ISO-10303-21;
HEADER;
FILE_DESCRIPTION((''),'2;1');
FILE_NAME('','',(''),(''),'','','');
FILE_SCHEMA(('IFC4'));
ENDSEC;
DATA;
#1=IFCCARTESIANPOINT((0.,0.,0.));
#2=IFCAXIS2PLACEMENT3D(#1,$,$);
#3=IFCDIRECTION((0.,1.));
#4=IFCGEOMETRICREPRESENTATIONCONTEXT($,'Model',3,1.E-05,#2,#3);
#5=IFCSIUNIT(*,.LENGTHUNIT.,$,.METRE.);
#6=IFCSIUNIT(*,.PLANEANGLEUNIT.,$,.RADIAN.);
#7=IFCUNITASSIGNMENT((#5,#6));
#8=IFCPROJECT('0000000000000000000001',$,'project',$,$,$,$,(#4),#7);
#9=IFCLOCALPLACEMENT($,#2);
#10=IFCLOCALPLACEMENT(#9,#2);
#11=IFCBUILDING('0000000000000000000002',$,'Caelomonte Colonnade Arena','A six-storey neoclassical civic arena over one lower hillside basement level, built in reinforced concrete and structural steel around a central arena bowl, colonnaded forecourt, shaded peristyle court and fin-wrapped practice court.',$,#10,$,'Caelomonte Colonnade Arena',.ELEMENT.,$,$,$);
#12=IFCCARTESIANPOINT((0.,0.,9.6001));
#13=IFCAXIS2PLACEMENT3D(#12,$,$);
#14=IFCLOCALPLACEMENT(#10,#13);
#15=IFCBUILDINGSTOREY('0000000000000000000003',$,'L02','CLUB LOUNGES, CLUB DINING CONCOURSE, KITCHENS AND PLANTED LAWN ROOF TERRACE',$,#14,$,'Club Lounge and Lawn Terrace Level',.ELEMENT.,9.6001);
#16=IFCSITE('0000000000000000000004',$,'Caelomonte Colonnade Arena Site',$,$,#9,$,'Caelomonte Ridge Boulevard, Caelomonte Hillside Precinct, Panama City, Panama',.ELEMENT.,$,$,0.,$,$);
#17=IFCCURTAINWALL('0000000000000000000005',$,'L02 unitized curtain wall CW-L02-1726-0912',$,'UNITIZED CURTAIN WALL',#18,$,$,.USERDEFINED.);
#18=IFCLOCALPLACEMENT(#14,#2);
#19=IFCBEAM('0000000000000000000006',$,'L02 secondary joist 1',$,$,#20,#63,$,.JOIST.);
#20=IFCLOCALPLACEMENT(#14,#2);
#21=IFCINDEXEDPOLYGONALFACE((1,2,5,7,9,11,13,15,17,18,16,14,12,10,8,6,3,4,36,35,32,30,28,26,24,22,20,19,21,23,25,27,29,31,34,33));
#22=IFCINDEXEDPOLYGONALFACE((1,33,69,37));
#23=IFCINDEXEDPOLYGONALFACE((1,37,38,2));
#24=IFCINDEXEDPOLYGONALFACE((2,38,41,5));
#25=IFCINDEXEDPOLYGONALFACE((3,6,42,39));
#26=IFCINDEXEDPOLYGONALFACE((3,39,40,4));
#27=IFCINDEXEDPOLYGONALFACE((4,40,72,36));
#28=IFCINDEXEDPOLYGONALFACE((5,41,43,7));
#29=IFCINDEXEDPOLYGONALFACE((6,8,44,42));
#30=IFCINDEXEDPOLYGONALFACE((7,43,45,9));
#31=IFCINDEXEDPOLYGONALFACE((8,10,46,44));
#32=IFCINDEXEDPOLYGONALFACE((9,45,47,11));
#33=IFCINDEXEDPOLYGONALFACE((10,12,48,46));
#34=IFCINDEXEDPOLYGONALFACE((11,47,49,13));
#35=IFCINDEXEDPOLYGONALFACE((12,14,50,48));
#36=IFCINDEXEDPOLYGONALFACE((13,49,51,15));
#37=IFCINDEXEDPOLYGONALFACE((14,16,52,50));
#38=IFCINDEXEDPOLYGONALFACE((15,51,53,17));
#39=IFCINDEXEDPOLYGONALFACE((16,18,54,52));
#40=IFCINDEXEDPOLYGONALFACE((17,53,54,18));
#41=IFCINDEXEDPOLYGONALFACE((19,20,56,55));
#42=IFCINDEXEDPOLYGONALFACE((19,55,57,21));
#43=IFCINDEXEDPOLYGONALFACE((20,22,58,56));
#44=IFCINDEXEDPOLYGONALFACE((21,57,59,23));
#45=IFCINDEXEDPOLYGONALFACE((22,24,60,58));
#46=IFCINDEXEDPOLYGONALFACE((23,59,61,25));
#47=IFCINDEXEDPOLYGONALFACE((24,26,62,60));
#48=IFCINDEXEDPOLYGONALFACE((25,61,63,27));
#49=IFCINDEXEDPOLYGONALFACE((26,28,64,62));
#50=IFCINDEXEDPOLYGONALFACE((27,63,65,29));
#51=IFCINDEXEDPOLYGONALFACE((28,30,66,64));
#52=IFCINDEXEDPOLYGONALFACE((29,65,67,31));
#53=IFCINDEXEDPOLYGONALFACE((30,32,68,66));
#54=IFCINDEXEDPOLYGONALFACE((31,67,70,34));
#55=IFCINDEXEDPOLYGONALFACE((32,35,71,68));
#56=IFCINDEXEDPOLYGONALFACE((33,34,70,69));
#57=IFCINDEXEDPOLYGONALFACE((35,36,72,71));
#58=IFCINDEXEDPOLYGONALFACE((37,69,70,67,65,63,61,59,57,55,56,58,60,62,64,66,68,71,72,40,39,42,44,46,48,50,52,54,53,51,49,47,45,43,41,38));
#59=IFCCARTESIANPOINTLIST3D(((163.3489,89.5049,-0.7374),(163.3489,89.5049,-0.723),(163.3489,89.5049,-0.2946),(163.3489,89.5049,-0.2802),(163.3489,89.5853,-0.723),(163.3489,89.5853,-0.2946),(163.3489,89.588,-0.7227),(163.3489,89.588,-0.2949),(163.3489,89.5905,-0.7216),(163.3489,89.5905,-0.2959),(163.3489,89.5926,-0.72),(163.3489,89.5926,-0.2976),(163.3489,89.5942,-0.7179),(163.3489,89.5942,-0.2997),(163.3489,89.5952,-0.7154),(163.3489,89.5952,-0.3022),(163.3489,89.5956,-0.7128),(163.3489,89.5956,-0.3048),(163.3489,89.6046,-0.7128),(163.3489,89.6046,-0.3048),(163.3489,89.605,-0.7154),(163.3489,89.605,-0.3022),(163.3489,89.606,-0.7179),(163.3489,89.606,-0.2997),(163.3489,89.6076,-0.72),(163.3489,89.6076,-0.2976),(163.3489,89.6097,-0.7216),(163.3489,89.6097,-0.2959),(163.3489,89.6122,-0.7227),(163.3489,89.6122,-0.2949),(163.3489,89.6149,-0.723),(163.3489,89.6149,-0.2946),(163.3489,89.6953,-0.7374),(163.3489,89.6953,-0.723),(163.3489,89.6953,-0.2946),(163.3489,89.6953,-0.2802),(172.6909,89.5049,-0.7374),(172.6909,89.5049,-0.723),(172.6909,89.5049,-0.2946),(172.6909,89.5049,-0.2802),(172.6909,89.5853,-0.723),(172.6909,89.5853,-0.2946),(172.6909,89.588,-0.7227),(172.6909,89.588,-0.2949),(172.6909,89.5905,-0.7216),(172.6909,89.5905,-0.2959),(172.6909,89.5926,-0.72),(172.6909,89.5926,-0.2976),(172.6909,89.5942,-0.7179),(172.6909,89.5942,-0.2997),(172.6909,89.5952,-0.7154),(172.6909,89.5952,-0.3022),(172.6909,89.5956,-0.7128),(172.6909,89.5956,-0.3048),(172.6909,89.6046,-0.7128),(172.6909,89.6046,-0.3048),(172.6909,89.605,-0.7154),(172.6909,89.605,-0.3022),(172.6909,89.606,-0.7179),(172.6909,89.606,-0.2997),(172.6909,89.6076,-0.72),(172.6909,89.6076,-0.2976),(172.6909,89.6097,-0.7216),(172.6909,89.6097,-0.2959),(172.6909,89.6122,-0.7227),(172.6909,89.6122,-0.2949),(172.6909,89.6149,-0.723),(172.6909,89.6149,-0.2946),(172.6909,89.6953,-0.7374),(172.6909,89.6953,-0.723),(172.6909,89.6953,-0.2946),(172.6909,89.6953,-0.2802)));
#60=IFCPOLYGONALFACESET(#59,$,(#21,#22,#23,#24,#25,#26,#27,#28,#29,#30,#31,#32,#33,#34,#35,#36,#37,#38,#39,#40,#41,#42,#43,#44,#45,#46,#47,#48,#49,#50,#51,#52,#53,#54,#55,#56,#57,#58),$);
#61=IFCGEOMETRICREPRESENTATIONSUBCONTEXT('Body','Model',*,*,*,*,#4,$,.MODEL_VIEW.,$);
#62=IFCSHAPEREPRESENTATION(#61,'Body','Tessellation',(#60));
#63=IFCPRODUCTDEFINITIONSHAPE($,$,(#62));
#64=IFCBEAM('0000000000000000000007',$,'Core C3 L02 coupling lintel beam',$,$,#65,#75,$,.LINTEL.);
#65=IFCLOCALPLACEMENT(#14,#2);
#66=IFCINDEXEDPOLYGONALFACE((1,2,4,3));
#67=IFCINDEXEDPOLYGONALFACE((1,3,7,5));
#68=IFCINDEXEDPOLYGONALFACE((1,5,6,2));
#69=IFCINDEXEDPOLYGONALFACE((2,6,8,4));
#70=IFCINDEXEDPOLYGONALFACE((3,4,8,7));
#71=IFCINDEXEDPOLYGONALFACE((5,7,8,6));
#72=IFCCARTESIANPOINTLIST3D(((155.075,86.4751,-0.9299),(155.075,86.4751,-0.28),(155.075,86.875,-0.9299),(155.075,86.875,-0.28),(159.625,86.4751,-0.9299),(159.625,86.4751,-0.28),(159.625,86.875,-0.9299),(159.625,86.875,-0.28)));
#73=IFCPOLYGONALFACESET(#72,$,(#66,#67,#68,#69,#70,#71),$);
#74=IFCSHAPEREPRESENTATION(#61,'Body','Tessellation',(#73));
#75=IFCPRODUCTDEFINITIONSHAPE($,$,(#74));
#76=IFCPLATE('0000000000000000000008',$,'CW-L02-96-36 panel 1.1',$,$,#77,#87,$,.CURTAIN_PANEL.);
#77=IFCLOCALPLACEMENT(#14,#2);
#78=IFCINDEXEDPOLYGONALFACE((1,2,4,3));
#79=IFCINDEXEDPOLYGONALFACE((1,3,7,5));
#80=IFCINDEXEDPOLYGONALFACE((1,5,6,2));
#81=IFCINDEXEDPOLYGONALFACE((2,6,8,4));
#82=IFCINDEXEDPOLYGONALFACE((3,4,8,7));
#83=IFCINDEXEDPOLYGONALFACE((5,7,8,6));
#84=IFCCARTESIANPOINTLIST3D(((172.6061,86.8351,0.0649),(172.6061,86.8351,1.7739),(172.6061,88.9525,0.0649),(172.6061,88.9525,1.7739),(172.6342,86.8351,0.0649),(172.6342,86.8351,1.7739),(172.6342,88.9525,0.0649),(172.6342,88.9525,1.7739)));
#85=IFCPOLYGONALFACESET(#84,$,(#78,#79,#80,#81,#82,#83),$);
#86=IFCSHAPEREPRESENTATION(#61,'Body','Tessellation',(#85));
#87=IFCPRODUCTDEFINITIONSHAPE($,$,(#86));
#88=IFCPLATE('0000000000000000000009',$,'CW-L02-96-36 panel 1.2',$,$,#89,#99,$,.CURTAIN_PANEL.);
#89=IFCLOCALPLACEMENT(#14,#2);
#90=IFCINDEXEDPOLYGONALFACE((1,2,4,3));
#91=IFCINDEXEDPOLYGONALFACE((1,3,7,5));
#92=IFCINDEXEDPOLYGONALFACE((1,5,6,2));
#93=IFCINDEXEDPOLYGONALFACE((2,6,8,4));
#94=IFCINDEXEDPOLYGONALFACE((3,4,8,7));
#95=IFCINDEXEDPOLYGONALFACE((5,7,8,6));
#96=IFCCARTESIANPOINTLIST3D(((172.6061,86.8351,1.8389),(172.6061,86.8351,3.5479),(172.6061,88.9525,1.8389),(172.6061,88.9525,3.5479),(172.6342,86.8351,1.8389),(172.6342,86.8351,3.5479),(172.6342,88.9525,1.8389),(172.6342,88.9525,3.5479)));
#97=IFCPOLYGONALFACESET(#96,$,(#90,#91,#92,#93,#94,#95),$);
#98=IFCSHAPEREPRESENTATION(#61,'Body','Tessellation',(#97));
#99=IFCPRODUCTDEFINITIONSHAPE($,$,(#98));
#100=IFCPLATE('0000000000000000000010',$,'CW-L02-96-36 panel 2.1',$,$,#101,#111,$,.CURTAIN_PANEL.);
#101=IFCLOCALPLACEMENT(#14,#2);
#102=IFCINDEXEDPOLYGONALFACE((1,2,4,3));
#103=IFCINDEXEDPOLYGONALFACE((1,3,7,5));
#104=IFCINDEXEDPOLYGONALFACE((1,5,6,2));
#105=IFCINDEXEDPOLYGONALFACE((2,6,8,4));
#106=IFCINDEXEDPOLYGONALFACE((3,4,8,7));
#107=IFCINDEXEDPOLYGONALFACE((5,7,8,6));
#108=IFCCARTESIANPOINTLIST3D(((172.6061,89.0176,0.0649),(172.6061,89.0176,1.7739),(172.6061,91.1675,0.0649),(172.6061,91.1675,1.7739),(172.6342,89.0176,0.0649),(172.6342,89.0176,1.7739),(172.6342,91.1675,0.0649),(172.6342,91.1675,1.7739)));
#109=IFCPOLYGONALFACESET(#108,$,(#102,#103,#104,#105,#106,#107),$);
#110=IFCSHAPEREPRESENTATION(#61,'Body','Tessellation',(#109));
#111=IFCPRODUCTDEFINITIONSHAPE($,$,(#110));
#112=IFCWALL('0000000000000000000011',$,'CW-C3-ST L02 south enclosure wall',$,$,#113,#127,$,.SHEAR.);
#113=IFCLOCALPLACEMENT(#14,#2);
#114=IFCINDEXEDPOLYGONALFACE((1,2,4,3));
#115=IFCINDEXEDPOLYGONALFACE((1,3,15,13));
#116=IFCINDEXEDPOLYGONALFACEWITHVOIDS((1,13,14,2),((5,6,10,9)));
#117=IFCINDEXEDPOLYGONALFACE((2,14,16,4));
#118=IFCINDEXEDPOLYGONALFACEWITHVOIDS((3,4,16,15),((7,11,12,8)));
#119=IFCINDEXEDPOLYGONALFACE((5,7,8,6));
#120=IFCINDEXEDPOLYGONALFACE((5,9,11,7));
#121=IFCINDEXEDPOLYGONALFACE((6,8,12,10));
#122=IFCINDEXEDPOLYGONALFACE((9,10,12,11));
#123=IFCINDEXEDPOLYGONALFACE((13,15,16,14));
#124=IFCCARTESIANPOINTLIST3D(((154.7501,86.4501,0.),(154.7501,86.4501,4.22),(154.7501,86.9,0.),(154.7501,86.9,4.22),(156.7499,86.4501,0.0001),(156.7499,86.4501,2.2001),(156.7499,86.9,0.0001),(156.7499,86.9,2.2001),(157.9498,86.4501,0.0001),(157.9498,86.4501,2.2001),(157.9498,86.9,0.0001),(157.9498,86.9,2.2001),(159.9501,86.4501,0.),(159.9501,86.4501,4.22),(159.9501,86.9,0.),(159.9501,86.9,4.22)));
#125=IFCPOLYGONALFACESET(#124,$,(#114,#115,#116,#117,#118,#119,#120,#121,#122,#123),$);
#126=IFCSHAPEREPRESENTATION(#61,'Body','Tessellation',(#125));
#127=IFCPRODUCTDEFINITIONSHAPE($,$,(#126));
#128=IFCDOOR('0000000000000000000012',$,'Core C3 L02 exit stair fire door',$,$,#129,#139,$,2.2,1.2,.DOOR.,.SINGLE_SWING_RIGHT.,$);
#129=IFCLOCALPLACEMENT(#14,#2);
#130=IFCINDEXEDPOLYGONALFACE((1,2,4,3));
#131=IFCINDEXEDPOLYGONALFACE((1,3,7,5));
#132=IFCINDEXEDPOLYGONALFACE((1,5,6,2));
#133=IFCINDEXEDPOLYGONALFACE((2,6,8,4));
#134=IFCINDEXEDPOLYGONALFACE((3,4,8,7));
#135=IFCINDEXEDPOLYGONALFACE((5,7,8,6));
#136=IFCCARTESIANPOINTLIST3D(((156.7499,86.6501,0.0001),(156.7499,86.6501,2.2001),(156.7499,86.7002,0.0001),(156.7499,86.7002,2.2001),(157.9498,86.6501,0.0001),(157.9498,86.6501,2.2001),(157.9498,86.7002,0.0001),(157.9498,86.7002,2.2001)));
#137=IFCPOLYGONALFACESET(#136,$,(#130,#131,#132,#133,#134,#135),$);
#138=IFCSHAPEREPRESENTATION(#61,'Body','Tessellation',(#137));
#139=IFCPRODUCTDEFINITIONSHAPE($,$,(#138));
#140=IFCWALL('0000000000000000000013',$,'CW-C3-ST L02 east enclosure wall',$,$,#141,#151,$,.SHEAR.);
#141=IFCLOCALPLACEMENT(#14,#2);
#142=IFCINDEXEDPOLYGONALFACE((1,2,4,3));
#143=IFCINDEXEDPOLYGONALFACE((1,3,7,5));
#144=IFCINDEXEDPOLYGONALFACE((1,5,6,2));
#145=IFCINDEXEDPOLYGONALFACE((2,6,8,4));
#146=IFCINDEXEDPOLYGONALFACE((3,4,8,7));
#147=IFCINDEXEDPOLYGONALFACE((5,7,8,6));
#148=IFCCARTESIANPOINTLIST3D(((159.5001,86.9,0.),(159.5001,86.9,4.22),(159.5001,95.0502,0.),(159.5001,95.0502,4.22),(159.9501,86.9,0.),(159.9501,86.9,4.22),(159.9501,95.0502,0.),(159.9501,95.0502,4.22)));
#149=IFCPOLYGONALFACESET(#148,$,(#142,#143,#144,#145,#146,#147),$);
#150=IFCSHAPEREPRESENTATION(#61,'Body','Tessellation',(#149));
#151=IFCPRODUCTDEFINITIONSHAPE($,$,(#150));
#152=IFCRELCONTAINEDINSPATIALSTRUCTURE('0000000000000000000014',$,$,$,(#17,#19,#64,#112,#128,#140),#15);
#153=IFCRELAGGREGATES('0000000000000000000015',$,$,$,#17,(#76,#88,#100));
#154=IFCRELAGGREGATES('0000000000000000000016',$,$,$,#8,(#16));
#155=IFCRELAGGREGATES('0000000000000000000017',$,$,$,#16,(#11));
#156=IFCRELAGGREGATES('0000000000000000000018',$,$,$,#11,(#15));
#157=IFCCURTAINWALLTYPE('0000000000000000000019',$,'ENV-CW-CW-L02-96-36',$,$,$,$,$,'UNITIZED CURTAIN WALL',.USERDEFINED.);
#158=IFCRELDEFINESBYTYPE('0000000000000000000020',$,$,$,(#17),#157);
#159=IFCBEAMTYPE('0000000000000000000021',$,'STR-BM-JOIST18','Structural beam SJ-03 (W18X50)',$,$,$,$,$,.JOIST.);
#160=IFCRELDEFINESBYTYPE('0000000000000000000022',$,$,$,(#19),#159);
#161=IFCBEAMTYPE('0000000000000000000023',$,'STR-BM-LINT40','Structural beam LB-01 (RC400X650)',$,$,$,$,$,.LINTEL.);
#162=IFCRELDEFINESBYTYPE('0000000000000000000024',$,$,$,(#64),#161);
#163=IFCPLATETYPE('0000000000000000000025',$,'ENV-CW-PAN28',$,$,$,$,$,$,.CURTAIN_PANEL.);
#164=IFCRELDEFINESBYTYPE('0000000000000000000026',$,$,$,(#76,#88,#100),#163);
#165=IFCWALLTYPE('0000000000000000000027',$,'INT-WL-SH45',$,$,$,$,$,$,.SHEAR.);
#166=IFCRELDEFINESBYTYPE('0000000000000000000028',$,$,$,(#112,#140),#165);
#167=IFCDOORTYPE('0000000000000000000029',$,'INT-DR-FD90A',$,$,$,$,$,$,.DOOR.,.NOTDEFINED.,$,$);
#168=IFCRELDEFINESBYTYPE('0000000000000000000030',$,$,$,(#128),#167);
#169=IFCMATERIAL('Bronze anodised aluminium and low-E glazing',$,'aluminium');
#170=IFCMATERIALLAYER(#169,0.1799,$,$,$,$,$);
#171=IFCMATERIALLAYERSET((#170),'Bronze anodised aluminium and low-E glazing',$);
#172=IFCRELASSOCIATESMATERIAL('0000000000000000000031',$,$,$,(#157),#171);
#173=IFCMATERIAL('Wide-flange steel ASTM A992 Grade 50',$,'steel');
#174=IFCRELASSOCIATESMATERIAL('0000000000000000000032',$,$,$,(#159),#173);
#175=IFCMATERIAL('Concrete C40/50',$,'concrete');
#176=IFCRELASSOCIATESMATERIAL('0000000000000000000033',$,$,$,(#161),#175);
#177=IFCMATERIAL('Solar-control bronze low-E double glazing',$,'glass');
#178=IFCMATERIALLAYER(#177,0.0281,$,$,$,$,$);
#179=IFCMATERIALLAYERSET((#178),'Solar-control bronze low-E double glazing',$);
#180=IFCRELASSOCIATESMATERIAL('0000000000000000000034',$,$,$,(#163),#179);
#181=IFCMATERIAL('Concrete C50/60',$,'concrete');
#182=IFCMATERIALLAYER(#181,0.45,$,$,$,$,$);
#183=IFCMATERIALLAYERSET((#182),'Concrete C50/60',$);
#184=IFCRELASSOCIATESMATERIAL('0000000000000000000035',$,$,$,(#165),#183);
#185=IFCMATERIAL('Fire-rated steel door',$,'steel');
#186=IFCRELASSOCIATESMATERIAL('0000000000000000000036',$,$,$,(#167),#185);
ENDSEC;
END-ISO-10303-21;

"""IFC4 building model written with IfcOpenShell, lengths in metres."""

from ifc_helpers import new_model, si_unit, direction, frame, frame_2d, origin, origin_2d, place, context, subcontext, project, spatial, rectangle, i_section, extrude, material, layer, layer_set, material_profile, profile_set, type_object, element, fill, aggregate, save


model = new_model("IFC4")

# Units and contexts
model_context = context("Model", 3, precision=1e-05, world=origin(), true_north=direction((0.0, 1.0)))
body_context = subcontext(model_context, "Body", "Model", "MODEL_VIEW")
ifc_project = project(units=[si_unit("LENGTHUNIT", "METRE"), si_unit("PLANEANGLEUNIT", "RADIAN")], contexts=[model_context])

# Site, building, storey
site_placement = place(None, origin())
site = spatial("IfcSite", under=ifc_project, at=site_placement, Name="Caelomonte Colonnade Arena Site", LongName="Caelomonte Ridge Boulevard, Caelomonte Hillside Precinct, Panama City, Panama", CompositionType="ELEMENT", RefElevation=0.0)
building_placement = place(site_placement, origin())
building = spatial("IfcBuilding", under=site, at=building_placement, Name="Caelomonte Colonnade Arena", Description="A six-storey neoclassical civic arena over one lower hillside basement level, built in reinforced concrete and structural steel around a central arena bowl, colonnaded forecourt, shaded peristyle court and fin-wrapped practice court.", LongName="Caelomonte Colonnade Arena", CompositionType="ELEMENT")
storey_placement = place(building_placement, frame((0.0, 0.0, 9.6001)))
storey = spatial("IfcBuildingStorey", under=building, at=storey_placement, Name="L02", Description="CLUB LOUNGES, CLUB DINING CONCOURSE, KITCHENS AND PLANTED LAWN ROOF TERRACE", LongName="Club Lounge and Lawn Terrace Level", CompositionType="ELEMENT", Elevation=9.6001)

# Shared definitions
ifc_material_1 = material(Name="Wide-flange steel ASTM A992 Grade 50", Category="steel")

# Curtain wall
ifc_material_2 = material(Name="Bronze anodised aluminium and low-E glazing", Category="aluminium")
ifc_layer_1 = layer(ifc_material_2, 0.1799)
ifc_layer_set_1 = layer_set([ifc_layer_1], Name="Bronze anodised aluminium and low-E glazing")
curtain_wall_type = type_object("IfcCurtainWallType", Name="ENV-CW-CW-L02-96-36", ElementType="UNITIZED CURTAIN WALL", PredefinedType="USERDEFINED", material=ifc_layer_set_1)
curtain_wall_placement = place(storey_placement, origin())
curtain_wall = element("IfcCurtainWall", 1, at=curtain_wall_placement, inside=storey, type_object=curtain_wall_type, Name="L02 unitized curtain wall CW-L02-1726-0912", ObjectType="UNITIZED CURTAIN WALL", PredefinedType="USERDEFINED")

# Beams
ifc_material_profile_1 = material_profile(ifc_material_1, i_section(OverallWidth=0.1904, OverallDepth=0.4573, WebThickness=0.009, FlangeThickness=0.0144, FilletRadius=0.0103, at=origin_2d()), Name="W18X50")
ifc_profile_set_1 = profile_set([ifc_material_profile_1], Name="Wide-flange steel ASTM A992 Grade 50")
beam_type_1 = type_object("IfcBeamType", Name="STR-BM-JOIST18", Description="Structural beam SJ-03 (W18X50)", PredefinedType="JOIST", material=ifc_profile_set_1)
beam_1_placement = place(storey_placement, frame((163.3489, 89.6001, -0.5088), z_axis=(1.0, 0.0, 0.0), x_axis=(0.0, 1.0, 0.0)))
element("IfcBeam", 2, at=beam_1_placement, inside=storey, type_object=beam_type_1, Name="L02 secondary joist 1", PredefinedType="JOIST", context=body_context, shape_type="SweptSolid", body=[
    extrude(i_section(OverallWidth=0.1904, OverallDepth=0.4573, WebThickness=0.009, FlangeThickness=0.0144, FilletRadius=0.0103, at=origin_2d()), origin(), (0.0, 0.0, 1.0), 9.342),
])
ifc_material_3 = material(Name="Concrete C40/50", Category="concrete")
ifc_material_profile_2 = material_profile(ifc_material_3, rectangle(XDim=0.3999, YDim=0.6499, at=origin_2d()), Name="RC400X650")
ifc_profile_set_2 = profile_set([ifc_material_profile_2], Name="Concrete C40/50")
beam_type_2 = type_object("IfcBeamType", Name="STR-BM-LINT40", Description="Structural beam LB-01 (RC400X650)", PredefinedType="LINTEL", material=ifc_profile_set_2)
beam_2_placement = place(storey_placement, frame((155.075, 86.675, -0.605), z_axis=(1.0, 0.0, 0.0), x_axis=(0.0, 1.0, 0.0)))
element("IfcBeam", 3, at=beam_2_placement, inside=storey, type_object=beam_type_2, Name="Core C3 L02 coupling lintel beam", PredefinedType="LINTEL", context=body_context, shape_type="SweptSolid", body=[
    extrude(rectangle(XDim=0.3999, YDim=0.6499, at=origin_2d()), origin(), (0.0, 0.0, 1.0), 4.55),
])

# Plates
ifc_material_4 = material(Name="Solar-control bronze low-E double glazing", Category="glass")
ifc_layer_2 = layer(ifc_material_4, 0.0281)
ifc_layer_set_2 = layer_set([ifc_layer_2], Name="Solar-control bronze low-E double glazing")
plate_type = type_object("IfcPlateType", Name="ENV-CW-PAN28", PredefinedType="CURTAIN_PANEL", material=ifc_layer_set_2)
plate_1_placement = place(storey_placement, frame((172.6201, 87.8938, 0.0649), z_axis=(0.0, 0.0, 1.0), x_axis=(0.0, 1.0, 0.0)))
plate_1 = element("IfcPlate", 4, at=plate_1_placement, type_object=plate_type, Name="CW-L02-96-36 panel 1.1", PredefinedType="CURTAIN_PANEL", context=body_context, shape_type="SweptSolid", body=[
    extrude(rectangle(XDim=2.1174, YDim=0.0281, at=origin_2d()), origin(), (0.0, 0.0, 1.0), 1.709),
])
plate_2_placement = place(storey_placement, frame((172.6201, 87.8938, 1.8389), z_axis=(0.0, 0.0, 1.0), x_axis=(0.0, 1.0, 0.0)))
plate_2 = element("IfcPlate", 5, at=plate_2_placement, type_object=plate_type, Name="CW-L02-96-36 panel 1.2", PredefinedType="CURTAIN_PANEL", context=body_context, shape_type="SweptSolid", body=[
    extrude(rectangle(XDim=2.1174, YDim=0.0281, at=origin_2d()), origin(), (0.0, 0.0, 1.0), 1.709),
])
plate_3_placement = place(storey_placement, frame((172.6201, 90.0925, 0.0649), z_axis=(0.0, 0.0, 1.0), x_axis=(0.0, 1.0, 0.0)))
plate_3 = element("IfcPlate", 6, at=plate_3_placement, type_object=plate_type, Name="CW-L02-96-36 panel 2.1", PredefinedType="CURTAIN_PANEL", context=body_context, shape_type="SweptSolid", body=[
    extrude(rectangle(XDim=2.1499, YDim=0.0281, at=origin_2d()), origin(), (0.0, 0.0, 1.0), 1.709),
])
aggregate(curtain_wall, [plate_1, plate_2, plate_3])

# Wall, opening, door
ifc_material_5 = material(Name="Concrete C50/60", Category="concrete")
ifc_layer_3 = layer(ifc_material_5, 0.45)
ifc_layer_set_3 = layer_set([ifc_layer_3], Name="Concrete C50/60")
wall_type = type_object("IfcWallType", Name="INT-WL-SH45", PredefinedType="SHEAR", material=ifc_layer_set_3)
wall_1_placement = place(storey_placement, frame((154.75, 86.675, 0.0), z_axis=(0.0, 0.0, 1.0), x_axis=(1.0, 0.0, 0.0)))
wall_1 = element("IfcWall", 7, at=wall_1_placement, inside=storey, type_object=wall_type, Name="CW-C3-ST L02 south enclosure wall", PredefinedType="SHEAR", context=body_context, shape_type="SweptSolid", body=[
    extrude(rectangle(XDim=5.2, YDim=0.45, at=frame_2d((2.6001, 0.0))), origin(), (0.0, 0.0, 1.0), 4.22),
])
opening_placement = place(wall_1_placement, frame((3.2, 0.0, 0.0), z_axis=(0.0, 0.0, 1.0), x_axis=(-1.0, 0.0, 0.0)))
opening = element("IfcOpeningElement", 8, at=opening_placement, cuts=wall_1, PredefinedType="OPENING", context=body_context, shape_type="SweptSolid", body=[
    extrude(rectangle(XDim=1.2, YDim=2.2, at=frame_2d((0.6001, 1.1001))), frame((0.0, 0.2349, 0.0), z_axis=(0.0, -1.0, 0.0), x_axis=(1.0, 0.0, 0.0)), (0.0, 0.0, 1.0), 0.47),
])
ifc_material_6 = material(Name="Fire-rated steel door", Category="steel")
door_type = type_object("IfcDoorType", Name="INT-DR-FD90A", OperationType="NOTDEFINED", PredefinedType="DOOR", material=ifc_material_6)
door_placement = place(opening_placement, origin())
door = element("IfcDoor", 9, at=door_placement, inside=storey, type_object=door_type, Name="Core C3 L02 exit stair fire door", OperationType="SINGLE_SWING_RIGHT", OverallHeight=2.2, OverallWidth=1.2, PredefinedType="DOOR", context=body_context, shape_type="SweptSolid", body=[
    extrude(rectangle(XDim=1.2, YDim=2.2, at=frame_2d((0.6001, 1.1001))), frame((0.0, 0.0249, 0.0), z_axis=(0.0, -1.0, 0.0), x_axis=(1.0, 0.0, 0.0)), (0.0, 0.0, 1.0), 0.05),
])
fill(opening, door)

# Wall
wall_2_placement = place(storey_placement, frame((159.7251, 86.8999, 0.0), z_axis=(0.0, 0.0, 1.0), x_axis=(0.0, 1.0, 0.0)))
element("IfcWall", 10, at=wall_2_placement, inside=storey, type_object=wall_type, Name="CW-C3-ST L02 east enclosure wall", PredefinedType="SHEAR", context=body_context, shape_type="SweptSolid", body=[
    extrude(rectangle(XDim=8.1501, YDim=0.45, at=frame_2d((4.0752, 0.0))), origin(), (0.0, 0.0, 1.0), 4.22),
])

save(model, "model.ifc")
